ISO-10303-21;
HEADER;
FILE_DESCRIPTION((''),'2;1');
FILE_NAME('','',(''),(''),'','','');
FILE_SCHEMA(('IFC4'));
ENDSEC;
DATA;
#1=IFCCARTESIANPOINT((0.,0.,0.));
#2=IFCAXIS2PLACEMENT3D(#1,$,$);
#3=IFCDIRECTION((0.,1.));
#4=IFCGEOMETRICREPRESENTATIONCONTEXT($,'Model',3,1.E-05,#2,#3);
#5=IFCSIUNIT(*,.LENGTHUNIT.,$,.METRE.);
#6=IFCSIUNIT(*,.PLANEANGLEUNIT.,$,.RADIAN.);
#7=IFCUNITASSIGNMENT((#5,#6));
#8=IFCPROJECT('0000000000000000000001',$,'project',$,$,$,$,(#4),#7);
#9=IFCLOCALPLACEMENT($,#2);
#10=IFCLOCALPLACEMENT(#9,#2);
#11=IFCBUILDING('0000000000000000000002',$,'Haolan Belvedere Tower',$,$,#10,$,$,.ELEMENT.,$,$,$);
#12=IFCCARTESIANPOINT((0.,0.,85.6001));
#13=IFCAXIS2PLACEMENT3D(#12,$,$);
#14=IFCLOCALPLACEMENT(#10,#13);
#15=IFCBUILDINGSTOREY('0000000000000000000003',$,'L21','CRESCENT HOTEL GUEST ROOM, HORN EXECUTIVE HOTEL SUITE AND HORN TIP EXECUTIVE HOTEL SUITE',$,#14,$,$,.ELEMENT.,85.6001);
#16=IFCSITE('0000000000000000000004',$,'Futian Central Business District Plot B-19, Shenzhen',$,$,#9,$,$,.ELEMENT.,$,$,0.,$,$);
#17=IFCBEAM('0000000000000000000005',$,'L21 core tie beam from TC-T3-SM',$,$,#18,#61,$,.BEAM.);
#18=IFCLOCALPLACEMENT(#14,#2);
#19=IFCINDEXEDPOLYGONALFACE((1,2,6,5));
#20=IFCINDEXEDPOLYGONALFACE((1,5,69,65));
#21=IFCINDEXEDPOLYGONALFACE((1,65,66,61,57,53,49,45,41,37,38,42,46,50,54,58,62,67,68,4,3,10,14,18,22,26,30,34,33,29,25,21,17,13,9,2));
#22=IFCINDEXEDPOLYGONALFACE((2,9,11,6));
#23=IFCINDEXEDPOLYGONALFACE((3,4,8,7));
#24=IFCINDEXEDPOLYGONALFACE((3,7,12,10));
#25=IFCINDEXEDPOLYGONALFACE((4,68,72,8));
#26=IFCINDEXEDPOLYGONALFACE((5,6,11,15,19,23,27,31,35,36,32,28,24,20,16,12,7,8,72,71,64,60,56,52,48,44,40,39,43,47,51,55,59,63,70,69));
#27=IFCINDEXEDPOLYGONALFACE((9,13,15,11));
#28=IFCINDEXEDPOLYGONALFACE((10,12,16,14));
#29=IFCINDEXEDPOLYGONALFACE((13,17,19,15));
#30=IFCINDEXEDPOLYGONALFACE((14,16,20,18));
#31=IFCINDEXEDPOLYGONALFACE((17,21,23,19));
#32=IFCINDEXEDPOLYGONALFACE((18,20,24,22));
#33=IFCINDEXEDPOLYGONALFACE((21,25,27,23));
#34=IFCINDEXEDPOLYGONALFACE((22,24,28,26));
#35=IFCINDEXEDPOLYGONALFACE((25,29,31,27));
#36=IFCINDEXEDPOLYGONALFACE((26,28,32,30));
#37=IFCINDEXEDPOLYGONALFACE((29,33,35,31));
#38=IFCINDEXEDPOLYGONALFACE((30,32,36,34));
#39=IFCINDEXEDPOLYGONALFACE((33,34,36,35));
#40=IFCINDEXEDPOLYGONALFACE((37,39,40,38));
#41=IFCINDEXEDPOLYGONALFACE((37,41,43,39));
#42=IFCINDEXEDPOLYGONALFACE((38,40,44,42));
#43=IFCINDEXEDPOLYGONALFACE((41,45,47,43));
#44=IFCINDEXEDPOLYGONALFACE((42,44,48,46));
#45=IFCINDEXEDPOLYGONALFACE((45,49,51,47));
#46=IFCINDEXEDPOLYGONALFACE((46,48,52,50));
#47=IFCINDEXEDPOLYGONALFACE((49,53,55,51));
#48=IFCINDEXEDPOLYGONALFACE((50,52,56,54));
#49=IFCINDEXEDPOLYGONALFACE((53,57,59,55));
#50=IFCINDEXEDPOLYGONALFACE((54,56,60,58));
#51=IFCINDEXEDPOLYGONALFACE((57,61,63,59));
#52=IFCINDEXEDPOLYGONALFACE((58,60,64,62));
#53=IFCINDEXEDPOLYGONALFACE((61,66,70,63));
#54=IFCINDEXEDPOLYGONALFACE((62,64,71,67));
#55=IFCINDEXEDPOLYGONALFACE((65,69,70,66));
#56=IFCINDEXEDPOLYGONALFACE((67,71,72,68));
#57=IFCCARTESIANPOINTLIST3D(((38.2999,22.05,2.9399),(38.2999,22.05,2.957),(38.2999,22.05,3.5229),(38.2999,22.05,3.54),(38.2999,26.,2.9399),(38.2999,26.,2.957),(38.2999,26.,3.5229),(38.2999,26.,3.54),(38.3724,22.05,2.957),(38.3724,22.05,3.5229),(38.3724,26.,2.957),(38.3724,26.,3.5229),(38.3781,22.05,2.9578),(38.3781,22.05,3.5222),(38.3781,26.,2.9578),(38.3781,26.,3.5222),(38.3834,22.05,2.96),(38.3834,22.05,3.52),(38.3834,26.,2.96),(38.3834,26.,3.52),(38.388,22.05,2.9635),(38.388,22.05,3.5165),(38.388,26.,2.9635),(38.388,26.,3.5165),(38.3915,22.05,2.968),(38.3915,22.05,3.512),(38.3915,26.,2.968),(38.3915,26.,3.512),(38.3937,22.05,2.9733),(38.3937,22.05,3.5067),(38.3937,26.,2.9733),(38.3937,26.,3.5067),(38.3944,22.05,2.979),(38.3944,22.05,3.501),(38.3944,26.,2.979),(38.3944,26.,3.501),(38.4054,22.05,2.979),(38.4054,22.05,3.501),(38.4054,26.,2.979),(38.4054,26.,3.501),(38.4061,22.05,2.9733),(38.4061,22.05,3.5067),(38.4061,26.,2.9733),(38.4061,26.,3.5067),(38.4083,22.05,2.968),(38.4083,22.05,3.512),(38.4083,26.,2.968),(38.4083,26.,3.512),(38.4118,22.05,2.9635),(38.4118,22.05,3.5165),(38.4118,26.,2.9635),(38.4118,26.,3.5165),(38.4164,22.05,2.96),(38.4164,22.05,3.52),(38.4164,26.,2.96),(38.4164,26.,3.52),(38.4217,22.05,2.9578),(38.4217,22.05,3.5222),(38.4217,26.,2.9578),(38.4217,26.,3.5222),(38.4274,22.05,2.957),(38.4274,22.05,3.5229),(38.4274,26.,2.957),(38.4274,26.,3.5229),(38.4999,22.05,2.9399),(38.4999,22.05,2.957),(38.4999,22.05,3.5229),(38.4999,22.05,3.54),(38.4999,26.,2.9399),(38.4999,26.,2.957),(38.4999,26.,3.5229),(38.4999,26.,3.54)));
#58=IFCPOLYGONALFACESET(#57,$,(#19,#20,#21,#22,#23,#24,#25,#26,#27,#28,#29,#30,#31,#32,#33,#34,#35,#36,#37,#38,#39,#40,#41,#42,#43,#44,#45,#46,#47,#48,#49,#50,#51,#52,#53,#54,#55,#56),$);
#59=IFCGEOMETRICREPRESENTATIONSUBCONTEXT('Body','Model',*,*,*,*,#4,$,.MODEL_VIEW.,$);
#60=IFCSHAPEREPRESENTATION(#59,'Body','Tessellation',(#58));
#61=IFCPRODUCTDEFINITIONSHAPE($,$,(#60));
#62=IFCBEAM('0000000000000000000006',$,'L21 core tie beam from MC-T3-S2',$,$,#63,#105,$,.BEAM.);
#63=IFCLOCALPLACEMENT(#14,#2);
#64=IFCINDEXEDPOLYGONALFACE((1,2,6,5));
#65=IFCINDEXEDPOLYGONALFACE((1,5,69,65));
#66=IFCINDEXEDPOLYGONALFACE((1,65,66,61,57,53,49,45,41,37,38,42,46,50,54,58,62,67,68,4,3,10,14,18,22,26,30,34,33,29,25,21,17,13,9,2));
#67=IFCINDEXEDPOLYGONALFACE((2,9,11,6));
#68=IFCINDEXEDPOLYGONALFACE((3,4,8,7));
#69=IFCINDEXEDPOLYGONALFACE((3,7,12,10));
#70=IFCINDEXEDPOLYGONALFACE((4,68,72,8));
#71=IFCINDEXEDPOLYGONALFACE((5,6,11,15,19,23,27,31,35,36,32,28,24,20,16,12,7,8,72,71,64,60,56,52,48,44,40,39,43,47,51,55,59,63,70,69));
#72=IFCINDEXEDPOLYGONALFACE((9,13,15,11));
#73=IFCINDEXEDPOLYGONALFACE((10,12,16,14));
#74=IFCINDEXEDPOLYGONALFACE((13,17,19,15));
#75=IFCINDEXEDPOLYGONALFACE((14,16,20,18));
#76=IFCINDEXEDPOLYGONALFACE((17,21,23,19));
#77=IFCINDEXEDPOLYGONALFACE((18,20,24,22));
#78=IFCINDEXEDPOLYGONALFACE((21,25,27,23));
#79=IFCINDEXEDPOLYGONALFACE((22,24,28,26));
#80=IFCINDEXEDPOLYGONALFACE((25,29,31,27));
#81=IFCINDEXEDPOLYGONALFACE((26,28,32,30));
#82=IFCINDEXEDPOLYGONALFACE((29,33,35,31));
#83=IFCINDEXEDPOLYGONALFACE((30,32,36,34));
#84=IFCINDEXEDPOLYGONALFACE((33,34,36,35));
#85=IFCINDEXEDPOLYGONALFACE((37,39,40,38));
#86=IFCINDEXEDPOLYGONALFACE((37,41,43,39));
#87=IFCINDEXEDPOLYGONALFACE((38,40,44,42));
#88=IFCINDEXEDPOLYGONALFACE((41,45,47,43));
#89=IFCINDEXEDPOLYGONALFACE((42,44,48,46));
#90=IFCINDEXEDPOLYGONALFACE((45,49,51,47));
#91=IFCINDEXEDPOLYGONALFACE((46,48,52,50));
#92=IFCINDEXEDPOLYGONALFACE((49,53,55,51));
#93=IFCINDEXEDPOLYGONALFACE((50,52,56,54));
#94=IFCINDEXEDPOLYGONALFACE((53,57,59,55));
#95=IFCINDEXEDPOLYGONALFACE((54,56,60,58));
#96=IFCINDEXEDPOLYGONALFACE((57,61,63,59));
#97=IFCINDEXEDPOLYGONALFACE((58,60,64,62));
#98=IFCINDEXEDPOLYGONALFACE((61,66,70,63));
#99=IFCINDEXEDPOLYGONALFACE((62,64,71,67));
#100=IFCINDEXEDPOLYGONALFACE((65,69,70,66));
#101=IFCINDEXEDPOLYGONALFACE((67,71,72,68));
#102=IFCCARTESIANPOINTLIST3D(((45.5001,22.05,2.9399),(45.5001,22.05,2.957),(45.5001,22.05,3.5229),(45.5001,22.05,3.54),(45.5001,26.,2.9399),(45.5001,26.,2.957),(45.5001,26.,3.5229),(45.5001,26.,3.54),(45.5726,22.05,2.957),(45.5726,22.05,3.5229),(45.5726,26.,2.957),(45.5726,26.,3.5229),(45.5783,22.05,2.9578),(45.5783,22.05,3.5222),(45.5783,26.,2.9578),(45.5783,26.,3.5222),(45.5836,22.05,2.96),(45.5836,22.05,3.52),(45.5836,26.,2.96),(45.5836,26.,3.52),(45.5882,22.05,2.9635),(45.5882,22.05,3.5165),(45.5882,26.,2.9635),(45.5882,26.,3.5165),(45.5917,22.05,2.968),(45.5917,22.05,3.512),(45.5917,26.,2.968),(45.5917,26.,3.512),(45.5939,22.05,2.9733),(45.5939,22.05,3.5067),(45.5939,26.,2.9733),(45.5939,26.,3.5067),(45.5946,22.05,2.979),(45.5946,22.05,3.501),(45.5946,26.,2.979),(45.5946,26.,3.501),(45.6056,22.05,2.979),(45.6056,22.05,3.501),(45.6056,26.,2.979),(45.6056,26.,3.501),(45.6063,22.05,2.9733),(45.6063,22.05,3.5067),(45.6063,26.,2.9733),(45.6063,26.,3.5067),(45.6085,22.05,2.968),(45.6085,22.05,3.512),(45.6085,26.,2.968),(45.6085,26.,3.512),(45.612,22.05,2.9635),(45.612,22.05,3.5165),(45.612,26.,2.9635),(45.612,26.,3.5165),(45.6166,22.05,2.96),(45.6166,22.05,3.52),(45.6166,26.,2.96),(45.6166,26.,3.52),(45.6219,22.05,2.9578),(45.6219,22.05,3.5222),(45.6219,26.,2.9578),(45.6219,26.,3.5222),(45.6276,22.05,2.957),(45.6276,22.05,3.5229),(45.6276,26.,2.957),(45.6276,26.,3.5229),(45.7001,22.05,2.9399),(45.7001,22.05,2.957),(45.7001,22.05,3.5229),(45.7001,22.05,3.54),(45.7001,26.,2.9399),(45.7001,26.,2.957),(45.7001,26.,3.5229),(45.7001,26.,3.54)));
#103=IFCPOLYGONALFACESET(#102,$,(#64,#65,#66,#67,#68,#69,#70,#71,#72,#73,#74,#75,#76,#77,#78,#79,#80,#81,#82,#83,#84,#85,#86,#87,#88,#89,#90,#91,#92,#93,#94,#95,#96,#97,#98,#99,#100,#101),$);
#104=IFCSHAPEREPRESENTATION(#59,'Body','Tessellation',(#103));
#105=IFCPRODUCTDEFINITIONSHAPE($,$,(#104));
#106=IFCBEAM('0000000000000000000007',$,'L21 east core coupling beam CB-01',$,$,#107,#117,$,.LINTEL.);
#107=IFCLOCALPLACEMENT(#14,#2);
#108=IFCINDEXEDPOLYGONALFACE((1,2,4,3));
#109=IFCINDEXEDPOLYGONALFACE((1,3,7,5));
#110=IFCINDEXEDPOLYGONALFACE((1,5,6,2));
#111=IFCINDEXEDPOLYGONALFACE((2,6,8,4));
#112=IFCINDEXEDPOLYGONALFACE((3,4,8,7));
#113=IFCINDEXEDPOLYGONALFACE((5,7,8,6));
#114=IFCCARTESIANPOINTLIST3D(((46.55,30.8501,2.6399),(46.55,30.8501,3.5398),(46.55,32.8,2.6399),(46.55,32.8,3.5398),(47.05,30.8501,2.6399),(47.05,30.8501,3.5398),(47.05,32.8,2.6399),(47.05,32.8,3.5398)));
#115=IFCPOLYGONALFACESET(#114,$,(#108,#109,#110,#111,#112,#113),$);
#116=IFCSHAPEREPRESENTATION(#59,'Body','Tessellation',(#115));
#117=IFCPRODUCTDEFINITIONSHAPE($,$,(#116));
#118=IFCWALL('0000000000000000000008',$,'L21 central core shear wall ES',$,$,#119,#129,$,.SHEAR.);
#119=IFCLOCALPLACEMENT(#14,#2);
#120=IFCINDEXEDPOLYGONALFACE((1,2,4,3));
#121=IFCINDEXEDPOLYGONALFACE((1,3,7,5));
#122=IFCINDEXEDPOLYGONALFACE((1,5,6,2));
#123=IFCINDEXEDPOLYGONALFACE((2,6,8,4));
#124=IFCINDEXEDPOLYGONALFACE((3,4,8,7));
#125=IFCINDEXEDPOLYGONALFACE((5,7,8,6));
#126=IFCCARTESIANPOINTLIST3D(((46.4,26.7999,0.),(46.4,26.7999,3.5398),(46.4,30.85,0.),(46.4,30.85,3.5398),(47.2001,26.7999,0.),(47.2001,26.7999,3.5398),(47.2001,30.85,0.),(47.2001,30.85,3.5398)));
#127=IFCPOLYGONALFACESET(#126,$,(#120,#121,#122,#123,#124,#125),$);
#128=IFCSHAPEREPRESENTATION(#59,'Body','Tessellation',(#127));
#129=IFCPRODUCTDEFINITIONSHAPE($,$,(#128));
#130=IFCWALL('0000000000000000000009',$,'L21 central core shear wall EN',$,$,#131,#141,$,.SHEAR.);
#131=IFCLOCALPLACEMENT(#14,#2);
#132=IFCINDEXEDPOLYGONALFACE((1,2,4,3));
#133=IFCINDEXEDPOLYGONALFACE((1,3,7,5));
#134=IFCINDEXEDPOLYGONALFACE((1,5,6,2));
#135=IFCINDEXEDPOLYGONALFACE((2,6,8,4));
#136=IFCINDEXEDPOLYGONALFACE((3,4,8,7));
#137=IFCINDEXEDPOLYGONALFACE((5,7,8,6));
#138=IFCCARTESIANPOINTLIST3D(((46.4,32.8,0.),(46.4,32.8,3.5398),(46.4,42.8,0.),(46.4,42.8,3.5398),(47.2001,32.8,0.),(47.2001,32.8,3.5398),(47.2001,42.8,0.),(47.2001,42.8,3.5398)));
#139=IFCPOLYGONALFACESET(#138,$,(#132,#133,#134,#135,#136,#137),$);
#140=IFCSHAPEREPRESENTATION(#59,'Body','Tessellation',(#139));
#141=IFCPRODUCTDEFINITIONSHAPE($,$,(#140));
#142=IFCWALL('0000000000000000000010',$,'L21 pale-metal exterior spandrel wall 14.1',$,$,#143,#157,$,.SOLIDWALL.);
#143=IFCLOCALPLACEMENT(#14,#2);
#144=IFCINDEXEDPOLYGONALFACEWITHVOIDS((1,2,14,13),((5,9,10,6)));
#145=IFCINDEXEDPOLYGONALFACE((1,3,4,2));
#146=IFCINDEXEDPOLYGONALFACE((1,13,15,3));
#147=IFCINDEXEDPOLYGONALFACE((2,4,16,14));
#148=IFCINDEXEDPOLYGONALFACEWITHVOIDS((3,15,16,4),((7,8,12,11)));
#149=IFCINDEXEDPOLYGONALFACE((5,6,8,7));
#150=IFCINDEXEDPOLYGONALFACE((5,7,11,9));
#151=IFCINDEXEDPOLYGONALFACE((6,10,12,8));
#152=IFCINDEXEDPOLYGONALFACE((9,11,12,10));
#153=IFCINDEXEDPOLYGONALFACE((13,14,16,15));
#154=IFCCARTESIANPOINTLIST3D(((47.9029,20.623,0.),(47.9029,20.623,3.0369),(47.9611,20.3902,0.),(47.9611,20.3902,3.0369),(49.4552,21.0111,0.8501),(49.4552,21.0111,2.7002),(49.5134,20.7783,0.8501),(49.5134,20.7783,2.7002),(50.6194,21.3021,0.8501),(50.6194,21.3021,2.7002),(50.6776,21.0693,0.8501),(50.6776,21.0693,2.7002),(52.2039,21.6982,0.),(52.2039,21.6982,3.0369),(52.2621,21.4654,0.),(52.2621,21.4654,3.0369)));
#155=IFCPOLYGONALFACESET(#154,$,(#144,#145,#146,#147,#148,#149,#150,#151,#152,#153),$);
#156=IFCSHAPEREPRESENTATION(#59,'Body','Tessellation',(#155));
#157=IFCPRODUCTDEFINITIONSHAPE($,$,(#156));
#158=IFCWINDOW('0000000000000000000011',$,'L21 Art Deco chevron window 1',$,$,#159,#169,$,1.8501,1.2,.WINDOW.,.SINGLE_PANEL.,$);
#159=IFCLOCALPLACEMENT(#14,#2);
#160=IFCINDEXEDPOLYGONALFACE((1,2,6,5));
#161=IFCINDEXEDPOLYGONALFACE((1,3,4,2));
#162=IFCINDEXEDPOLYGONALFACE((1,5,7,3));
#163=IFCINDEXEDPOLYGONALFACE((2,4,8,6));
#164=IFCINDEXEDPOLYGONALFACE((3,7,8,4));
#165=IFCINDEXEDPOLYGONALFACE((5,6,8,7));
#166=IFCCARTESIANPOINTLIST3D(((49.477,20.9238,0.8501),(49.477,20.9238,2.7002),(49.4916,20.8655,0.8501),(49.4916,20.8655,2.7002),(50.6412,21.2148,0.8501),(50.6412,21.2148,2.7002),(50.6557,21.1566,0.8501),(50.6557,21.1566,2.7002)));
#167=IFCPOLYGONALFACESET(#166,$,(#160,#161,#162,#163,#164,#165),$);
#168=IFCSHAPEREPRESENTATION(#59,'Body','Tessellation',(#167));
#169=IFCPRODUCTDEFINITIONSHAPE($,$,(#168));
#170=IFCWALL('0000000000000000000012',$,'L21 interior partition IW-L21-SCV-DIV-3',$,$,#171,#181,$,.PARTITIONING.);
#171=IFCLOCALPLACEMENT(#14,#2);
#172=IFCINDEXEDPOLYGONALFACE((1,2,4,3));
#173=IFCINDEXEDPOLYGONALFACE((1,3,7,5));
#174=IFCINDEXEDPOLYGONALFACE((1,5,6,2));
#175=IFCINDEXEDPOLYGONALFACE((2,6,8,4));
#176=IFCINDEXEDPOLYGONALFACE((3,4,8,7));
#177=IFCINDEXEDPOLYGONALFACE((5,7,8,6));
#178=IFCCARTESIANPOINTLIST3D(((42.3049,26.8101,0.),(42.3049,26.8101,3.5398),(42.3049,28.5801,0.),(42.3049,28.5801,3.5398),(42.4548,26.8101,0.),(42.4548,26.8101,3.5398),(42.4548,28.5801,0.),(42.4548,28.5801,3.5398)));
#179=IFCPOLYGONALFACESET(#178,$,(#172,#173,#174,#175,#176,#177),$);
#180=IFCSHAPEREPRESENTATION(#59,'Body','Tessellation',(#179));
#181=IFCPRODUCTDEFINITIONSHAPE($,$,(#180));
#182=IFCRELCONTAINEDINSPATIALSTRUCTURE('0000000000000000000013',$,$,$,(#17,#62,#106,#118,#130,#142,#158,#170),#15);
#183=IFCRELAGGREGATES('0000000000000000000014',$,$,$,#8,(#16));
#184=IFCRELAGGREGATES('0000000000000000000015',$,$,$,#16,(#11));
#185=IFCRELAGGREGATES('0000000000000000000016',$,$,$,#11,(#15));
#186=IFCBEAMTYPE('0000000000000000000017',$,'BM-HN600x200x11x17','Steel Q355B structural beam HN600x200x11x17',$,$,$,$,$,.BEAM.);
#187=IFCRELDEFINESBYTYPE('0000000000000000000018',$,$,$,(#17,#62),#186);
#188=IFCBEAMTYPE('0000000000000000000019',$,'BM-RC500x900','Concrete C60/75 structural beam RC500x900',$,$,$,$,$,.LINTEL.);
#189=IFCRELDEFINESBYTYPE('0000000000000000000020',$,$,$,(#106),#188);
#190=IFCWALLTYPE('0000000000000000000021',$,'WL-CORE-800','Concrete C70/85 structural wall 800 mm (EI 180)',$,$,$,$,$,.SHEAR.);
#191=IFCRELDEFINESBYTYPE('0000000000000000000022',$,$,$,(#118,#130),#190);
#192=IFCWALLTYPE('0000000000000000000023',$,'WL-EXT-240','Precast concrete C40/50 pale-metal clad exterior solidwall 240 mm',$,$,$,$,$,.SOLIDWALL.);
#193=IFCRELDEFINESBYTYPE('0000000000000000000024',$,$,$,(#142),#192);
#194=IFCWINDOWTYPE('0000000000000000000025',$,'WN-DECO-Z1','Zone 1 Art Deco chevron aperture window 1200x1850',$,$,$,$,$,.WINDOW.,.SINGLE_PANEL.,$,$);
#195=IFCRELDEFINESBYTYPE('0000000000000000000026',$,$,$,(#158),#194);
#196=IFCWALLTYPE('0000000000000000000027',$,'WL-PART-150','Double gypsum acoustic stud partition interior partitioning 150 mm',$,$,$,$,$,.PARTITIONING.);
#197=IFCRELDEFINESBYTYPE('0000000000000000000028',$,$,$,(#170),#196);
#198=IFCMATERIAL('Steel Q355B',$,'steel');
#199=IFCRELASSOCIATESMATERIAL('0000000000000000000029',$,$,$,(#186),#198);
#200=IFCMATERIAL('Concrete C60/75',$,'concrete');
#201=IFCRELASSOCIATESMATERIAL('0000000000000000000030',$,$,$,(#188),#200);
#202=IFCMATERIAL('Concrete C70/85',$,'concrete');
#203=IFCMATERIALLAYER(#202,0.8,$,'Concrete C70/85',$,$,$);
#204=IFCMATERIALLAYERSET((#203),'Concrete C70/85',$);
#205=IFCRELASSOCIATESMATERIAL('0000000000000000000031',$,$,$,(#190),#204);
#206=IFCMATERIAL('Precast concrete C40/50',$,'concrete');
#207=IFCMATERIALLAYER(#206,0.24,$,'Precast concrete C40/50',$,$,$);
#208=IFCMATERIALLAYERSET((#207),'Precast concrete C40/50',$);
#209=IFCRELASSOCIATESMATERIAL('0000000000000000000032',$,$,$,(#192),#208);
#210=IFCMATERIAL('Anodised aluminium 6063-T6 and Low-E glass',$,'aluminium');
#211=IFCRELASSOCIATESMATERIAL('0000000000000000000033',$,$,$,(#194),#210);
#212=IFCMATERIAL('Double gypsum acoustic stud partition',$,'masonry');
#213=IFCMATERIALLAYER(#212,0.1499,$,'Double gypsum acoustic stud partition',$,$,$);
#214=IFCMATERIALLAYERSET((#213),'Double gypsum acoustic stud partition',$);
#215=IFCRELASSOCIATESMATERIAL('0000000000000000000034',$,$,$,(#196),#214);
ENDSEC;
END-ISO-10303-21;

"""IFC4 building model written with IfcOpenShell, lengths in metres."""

from ifc_helpers import new_model, si_unit, direction, frame, frame_2d, origin, origin_2d, place, context, subcontext, project, spatial, rectangle, i_section, extrude, material, layer, layer_set, material_profile, profile_set, type_object, element, fill, save


model = new_model("IFC4")

# Units and contexts
model_context = context("Model", 3, precision=1e-05, world=origin(), true_north=direction((0.0, 1.0)))
body_context = subcontext(model_context, "Body", "Model", "MODEL_VIEW")
ifc_project = project(units=[si_unit("LENGTHUNIT", "METRE"), si_unit("PLANEANGLEUNIT", "RADIAN")], contexts=[model_context])

# Site, building, storey
site_placement = place(None, origin())
site = spatial("IfcSite", under=ifc_project, at=site_placement, Name="Futian Central Business District Plot B-19, Shenzhen", CompositionType="ELEMENT", RefElevation=0.0)
building_placement = place(site_placement, origin())
building = spatial("IfcBuilding", under=site, at=building_placement, Name="Haolan Belvedere Tower", CompositionType="ELEMENT")
storey_placement = place(building_placement, frame((0.0, 0.0, 85.6001)))
storey = spatial("IfcBuildingStorey", under=building, at=storey_placement, Name="L21", Description="CRESCENT HOTEL GUEST ROOM, HORN EXECUTIVE HOTEL SUITE AND HORN TIP EXECUTIVE HOTEL SUITE", CompositionType="ELEMENT", Elevation=85.6001)

# Shared definitions
ifc_material_1 = material(Name="Steel Q355B", Category="steel")

# Beams
ifc_material_profile_1 = material_profile(ifc_material_1, i_section(OverallWidth=0.2, OverallDepth=0.6001, WebThickness=0.011, FlangeThickness=0.0171, FilletRadius=0.022, at=origin_2d()), Name="Steel Q355B")
ifc_profile_set_1 = profile_set([ifc_material_profile_1], Name="Steel Q355B")
beam_type_1 = type_object("IfcBeamType", Name="BM-HN600x200x11x17", Description="Steel Q355B structural beam HN600x200x11x17", PredefinedType="BEAM", material=ifc_profile_set_1)
for number, where, z_axis, x_axis, name in (
    (1, (38.3999, 22.05, 3.24), (0.0, 1.0, 0.0), (-1.0, 0.0, 0.0), "L21 core tie beam from TC-T3-SM"),
    (2, (45.6001, 22.05, 3.24), (0.0, 1.0, 0.0), (-1.0, 0.0, 0.0), "L21 core tie beam from MC-T3-S2"),
):
    element("IfcBeam", number, at=place(storey_placement, frame(where, z_axis=z_axis, x_axis=x_axis)), inside=storey, type_object=beam_type_1, Name=name, PredefinedType="BEAM", context=body_context, shape_type="SweptSolid", body=[
        extrude(i_section(OverallWidth=0.2, OverallDepth=0.6001, WebThickness=0.011, FlangeThickness=0.0171, FilletRadius=0.022, at=origin_2d()), origin(), (0.0, 0.0, 1.0), 3.95),
    ])
ifc_material_2 = material(Name="Concrete C60/75", Category="concrete")
ifc_material_profile_2 = material_profile(ifc_material_2, rectangle(XDim=0.5, YDim=0.8999, at=origin_2d()), Name="Concrete C60/75")
ifc_profile_set_2 = profile_set([ifc_material_profile_2], Name="Concrete C60/75")
beam_type_2 = type_object("IfcBeamType", Name="BM-RC500x900", Description="Concrete C60/75 structural beam RC500x900", PredefinedType="LINTEL", material=ifc_profile_set_2)
beam_1_placement = place(storey_placement, frame((46.8, 30.8501, 3.0898), z_axis=(0.0, 1.0, 0.0), x_axis=(-1.0, 0.0, 0.0)))
element("IfcBeam", 3, at=beam_1_placement, inside=storey, type_object=beam_type_2, Name="L21 east core coupling beam CB-01", PredefinedType="LINTEL", context=body_context, shape_type="SweptSolid", body=[
    extrude(rectangle(XDim=0.5, YDim=0.8999, at=origin_2d()), origin(), (0.0, 0.0, 1.0), 1.95),
])

# Walls
ifc_material_3 = material(Name="Concrete C70/85", Category="concrete")
ifc_layer_1 = layer(ifc_material_3, 0.8, Name="Concrete C70/85")
ifc_layer_set_1 = layer_set([ifc_layer_1], Name="Concrete C70/85")
wall_type_1 = type_object("IfcWallType", Name="WL-CORE-800", Description="Concrete C70/85 structural wall 800 mm (EI 180)", PredefinedType="SHEAR", material=ifc_layer_set_1)
wall_1_placement = place(storey_placement, frame((46.8, 26.8, 0.0), z_axis=(0.0, 0.0, 1.0), x_axis=(0.0, 1.0, 0.0)))
element("IfcWall", 4, at=wall_1_placement, inside=storey, type_object=wall_type_1, Name="L21 central core shear wall ES", PredefinedType="SHEAR", context=body_context, shape_type="SweptSolid", body=[
    extrude(rectangle(XDim=4.05, YDim=0.8, at=frame_2d((2.0249, 0.0))), origin(), (0.0, 0.0, 1.0), 3.5398),
])
wall_2_placement = place(storey_placement, frame((46.8, 32.8, 0.0), z_axis=(0.0, 0.0, 1.0), x_axis=(0.0, 1.0, 0.0)))
element("IfcWall", 5, at=wall_2_placement, inside=storey, type_object=wall_type_1, Name="L21 central core shear wall EN", PredefinedType="SHEAR", context=body_context, shape_type="SweptSolid", body=[
    extrude(rectangle(XDim=10.0, YDim=0.8, at=frame_2d((5.0, 0.0))), origin(), (0.0, 0.0, 1.0), 3.5398),
])

# Wall, opening, window
ifc_material_4 = material(Name="Precast concrete C40/50", Category="concrete")
ifc_layer_2 = layer(ifc_material_4, 0.24, Name="Precast concrete C40/50")
ifc_layer_set_2 = layer_set([ifc_layer_2], Name="Precast concrete C40/50")
wall_type_2 = type_object("IfcWallType", Name="WL-EXT-240", Description="Precast concrete C40/50 pale-metal clad exterior solidwall 240 mm", PredefinedType="SOLIDWALL", material=ifc_layer_set_2)
wall_3_placement = place(storey_placement, frame((47.9319, 20.5066, 0.0), z_axis=(0.0, 0.0, 1.0), x_axis=(0.970146, 0.242523, 0.0)))
wall_3 = element("IfcWall", 6, at=wall_3_placement, inside=storey, type_object=wall_type_2, Name="L21 pale-metal exterior spandrel wall 14.1", PredefinedType="SOLIDWALL", context=body_context, shape_type="SweptSolid", body=[
    extrude(rectangle(XDim=4.4333, YDim=0.24, at=frame_2d((2.2168, 0.0))), origin(), (0.0, 0.0, 1.0), 3.0369),
])
opening_1_placement = place(wall_3_placement, frame((1.6001, 0.0, 0.8501)))
opening_1 = element("IfcOpeningElement", 7, at=opening_1_placement, cuts=wall_3, PredefinedType="OPENING", context=body_context, shape_type="SweptSolid", body=[
    extrude(rectangle(XDim=1.2, YDim=1.8501, at=frame_2d((0.6001, 0.925))), frame((0.0, 0.1299, 0.0), z_axis=(0.0, -1.0, 0.0), x_axis=(1.0, 0.0, 0.0)), (0.0, 0.0, 1.0), 0.26),
])
ifc_material_5 = material(Name="Anodised aluminium 6063-T6 and Low-E glass", Category="aluminium")
window_type = type_object("IfcWindowType", Name="WN-DECO-Z1", Description="Zone 1 Art Deco chevron aperture window 1200x1850", PartitioningType="SINGLE_PANEL", PredefinedType="WINDOW", material=ifc_material_5)
window_placement = place(opening_1_placement, origin())
window = element("IfcWindow", 8, at=window_placement, inside=storey, type_object=window_type, Name="L21 Art Deco chevron window 1", OverallHeight=1.8501, OverallWidth=1.2, PartitioningType="SINGLE_PANEL", PredefinedType="WINDOW", context=body_context, shape_type="SweptSolid", body=[
    extrude(rectangle(XDim=1.2, YDim=1.8501, at=frame_2d((0.6001, 0.925))), frame((0.0, 0.03, 0.0), z_axis=(0.0, -1.0, 0.0), x_axis=(1.0, 0.0, 0.0)), (0.0, 0.0, 1.0), 0.0601),
])
fill(opening_1, window)

# Wall
ifc_material_6 = material(Name="Double gypsum acoustic stud partition", Category="masonry")
ifc_layer_3 = layer(ifc_material_6, 0.1499, Name="Double gypsum acoustic stud partition")
ifc_layer_set_3 = layer_set([ifc_layer_3], Name="Double gypsum acoustic stud partition")
wall_type_3 = type_object("IfcWallType", Name="WL-PART-150", Description="Double gypsum acoustic stud partition interior partitioning 150 mm", PredefinedType="PARTITIONING", material=ifc_layer_set_3)
wall_4_placement = place(storey_placement, frame((42.3799, 26.8101, 0.0), z_axis=(0.0, 0.0, 1.0), x_axis=(0.0, 1.0, 0.0)))
element("IfcWall", 9, at=wall_4_placement, inside=storey, type_object=wall_type_3, Name="L21 interior partition IW-L21-SCV-DIV-3", PredefinedType="PARTITIONING", context=body_context, shape_type="SweptSolid", body=[
    extrude(rectangle(XDim=1.77, YDim=0.1499, at=frame_2d((0.885, 0.0))), origin(), (0.0, 0.0, 1.0), 3.5398),
])

save(model, "model.ifc")
